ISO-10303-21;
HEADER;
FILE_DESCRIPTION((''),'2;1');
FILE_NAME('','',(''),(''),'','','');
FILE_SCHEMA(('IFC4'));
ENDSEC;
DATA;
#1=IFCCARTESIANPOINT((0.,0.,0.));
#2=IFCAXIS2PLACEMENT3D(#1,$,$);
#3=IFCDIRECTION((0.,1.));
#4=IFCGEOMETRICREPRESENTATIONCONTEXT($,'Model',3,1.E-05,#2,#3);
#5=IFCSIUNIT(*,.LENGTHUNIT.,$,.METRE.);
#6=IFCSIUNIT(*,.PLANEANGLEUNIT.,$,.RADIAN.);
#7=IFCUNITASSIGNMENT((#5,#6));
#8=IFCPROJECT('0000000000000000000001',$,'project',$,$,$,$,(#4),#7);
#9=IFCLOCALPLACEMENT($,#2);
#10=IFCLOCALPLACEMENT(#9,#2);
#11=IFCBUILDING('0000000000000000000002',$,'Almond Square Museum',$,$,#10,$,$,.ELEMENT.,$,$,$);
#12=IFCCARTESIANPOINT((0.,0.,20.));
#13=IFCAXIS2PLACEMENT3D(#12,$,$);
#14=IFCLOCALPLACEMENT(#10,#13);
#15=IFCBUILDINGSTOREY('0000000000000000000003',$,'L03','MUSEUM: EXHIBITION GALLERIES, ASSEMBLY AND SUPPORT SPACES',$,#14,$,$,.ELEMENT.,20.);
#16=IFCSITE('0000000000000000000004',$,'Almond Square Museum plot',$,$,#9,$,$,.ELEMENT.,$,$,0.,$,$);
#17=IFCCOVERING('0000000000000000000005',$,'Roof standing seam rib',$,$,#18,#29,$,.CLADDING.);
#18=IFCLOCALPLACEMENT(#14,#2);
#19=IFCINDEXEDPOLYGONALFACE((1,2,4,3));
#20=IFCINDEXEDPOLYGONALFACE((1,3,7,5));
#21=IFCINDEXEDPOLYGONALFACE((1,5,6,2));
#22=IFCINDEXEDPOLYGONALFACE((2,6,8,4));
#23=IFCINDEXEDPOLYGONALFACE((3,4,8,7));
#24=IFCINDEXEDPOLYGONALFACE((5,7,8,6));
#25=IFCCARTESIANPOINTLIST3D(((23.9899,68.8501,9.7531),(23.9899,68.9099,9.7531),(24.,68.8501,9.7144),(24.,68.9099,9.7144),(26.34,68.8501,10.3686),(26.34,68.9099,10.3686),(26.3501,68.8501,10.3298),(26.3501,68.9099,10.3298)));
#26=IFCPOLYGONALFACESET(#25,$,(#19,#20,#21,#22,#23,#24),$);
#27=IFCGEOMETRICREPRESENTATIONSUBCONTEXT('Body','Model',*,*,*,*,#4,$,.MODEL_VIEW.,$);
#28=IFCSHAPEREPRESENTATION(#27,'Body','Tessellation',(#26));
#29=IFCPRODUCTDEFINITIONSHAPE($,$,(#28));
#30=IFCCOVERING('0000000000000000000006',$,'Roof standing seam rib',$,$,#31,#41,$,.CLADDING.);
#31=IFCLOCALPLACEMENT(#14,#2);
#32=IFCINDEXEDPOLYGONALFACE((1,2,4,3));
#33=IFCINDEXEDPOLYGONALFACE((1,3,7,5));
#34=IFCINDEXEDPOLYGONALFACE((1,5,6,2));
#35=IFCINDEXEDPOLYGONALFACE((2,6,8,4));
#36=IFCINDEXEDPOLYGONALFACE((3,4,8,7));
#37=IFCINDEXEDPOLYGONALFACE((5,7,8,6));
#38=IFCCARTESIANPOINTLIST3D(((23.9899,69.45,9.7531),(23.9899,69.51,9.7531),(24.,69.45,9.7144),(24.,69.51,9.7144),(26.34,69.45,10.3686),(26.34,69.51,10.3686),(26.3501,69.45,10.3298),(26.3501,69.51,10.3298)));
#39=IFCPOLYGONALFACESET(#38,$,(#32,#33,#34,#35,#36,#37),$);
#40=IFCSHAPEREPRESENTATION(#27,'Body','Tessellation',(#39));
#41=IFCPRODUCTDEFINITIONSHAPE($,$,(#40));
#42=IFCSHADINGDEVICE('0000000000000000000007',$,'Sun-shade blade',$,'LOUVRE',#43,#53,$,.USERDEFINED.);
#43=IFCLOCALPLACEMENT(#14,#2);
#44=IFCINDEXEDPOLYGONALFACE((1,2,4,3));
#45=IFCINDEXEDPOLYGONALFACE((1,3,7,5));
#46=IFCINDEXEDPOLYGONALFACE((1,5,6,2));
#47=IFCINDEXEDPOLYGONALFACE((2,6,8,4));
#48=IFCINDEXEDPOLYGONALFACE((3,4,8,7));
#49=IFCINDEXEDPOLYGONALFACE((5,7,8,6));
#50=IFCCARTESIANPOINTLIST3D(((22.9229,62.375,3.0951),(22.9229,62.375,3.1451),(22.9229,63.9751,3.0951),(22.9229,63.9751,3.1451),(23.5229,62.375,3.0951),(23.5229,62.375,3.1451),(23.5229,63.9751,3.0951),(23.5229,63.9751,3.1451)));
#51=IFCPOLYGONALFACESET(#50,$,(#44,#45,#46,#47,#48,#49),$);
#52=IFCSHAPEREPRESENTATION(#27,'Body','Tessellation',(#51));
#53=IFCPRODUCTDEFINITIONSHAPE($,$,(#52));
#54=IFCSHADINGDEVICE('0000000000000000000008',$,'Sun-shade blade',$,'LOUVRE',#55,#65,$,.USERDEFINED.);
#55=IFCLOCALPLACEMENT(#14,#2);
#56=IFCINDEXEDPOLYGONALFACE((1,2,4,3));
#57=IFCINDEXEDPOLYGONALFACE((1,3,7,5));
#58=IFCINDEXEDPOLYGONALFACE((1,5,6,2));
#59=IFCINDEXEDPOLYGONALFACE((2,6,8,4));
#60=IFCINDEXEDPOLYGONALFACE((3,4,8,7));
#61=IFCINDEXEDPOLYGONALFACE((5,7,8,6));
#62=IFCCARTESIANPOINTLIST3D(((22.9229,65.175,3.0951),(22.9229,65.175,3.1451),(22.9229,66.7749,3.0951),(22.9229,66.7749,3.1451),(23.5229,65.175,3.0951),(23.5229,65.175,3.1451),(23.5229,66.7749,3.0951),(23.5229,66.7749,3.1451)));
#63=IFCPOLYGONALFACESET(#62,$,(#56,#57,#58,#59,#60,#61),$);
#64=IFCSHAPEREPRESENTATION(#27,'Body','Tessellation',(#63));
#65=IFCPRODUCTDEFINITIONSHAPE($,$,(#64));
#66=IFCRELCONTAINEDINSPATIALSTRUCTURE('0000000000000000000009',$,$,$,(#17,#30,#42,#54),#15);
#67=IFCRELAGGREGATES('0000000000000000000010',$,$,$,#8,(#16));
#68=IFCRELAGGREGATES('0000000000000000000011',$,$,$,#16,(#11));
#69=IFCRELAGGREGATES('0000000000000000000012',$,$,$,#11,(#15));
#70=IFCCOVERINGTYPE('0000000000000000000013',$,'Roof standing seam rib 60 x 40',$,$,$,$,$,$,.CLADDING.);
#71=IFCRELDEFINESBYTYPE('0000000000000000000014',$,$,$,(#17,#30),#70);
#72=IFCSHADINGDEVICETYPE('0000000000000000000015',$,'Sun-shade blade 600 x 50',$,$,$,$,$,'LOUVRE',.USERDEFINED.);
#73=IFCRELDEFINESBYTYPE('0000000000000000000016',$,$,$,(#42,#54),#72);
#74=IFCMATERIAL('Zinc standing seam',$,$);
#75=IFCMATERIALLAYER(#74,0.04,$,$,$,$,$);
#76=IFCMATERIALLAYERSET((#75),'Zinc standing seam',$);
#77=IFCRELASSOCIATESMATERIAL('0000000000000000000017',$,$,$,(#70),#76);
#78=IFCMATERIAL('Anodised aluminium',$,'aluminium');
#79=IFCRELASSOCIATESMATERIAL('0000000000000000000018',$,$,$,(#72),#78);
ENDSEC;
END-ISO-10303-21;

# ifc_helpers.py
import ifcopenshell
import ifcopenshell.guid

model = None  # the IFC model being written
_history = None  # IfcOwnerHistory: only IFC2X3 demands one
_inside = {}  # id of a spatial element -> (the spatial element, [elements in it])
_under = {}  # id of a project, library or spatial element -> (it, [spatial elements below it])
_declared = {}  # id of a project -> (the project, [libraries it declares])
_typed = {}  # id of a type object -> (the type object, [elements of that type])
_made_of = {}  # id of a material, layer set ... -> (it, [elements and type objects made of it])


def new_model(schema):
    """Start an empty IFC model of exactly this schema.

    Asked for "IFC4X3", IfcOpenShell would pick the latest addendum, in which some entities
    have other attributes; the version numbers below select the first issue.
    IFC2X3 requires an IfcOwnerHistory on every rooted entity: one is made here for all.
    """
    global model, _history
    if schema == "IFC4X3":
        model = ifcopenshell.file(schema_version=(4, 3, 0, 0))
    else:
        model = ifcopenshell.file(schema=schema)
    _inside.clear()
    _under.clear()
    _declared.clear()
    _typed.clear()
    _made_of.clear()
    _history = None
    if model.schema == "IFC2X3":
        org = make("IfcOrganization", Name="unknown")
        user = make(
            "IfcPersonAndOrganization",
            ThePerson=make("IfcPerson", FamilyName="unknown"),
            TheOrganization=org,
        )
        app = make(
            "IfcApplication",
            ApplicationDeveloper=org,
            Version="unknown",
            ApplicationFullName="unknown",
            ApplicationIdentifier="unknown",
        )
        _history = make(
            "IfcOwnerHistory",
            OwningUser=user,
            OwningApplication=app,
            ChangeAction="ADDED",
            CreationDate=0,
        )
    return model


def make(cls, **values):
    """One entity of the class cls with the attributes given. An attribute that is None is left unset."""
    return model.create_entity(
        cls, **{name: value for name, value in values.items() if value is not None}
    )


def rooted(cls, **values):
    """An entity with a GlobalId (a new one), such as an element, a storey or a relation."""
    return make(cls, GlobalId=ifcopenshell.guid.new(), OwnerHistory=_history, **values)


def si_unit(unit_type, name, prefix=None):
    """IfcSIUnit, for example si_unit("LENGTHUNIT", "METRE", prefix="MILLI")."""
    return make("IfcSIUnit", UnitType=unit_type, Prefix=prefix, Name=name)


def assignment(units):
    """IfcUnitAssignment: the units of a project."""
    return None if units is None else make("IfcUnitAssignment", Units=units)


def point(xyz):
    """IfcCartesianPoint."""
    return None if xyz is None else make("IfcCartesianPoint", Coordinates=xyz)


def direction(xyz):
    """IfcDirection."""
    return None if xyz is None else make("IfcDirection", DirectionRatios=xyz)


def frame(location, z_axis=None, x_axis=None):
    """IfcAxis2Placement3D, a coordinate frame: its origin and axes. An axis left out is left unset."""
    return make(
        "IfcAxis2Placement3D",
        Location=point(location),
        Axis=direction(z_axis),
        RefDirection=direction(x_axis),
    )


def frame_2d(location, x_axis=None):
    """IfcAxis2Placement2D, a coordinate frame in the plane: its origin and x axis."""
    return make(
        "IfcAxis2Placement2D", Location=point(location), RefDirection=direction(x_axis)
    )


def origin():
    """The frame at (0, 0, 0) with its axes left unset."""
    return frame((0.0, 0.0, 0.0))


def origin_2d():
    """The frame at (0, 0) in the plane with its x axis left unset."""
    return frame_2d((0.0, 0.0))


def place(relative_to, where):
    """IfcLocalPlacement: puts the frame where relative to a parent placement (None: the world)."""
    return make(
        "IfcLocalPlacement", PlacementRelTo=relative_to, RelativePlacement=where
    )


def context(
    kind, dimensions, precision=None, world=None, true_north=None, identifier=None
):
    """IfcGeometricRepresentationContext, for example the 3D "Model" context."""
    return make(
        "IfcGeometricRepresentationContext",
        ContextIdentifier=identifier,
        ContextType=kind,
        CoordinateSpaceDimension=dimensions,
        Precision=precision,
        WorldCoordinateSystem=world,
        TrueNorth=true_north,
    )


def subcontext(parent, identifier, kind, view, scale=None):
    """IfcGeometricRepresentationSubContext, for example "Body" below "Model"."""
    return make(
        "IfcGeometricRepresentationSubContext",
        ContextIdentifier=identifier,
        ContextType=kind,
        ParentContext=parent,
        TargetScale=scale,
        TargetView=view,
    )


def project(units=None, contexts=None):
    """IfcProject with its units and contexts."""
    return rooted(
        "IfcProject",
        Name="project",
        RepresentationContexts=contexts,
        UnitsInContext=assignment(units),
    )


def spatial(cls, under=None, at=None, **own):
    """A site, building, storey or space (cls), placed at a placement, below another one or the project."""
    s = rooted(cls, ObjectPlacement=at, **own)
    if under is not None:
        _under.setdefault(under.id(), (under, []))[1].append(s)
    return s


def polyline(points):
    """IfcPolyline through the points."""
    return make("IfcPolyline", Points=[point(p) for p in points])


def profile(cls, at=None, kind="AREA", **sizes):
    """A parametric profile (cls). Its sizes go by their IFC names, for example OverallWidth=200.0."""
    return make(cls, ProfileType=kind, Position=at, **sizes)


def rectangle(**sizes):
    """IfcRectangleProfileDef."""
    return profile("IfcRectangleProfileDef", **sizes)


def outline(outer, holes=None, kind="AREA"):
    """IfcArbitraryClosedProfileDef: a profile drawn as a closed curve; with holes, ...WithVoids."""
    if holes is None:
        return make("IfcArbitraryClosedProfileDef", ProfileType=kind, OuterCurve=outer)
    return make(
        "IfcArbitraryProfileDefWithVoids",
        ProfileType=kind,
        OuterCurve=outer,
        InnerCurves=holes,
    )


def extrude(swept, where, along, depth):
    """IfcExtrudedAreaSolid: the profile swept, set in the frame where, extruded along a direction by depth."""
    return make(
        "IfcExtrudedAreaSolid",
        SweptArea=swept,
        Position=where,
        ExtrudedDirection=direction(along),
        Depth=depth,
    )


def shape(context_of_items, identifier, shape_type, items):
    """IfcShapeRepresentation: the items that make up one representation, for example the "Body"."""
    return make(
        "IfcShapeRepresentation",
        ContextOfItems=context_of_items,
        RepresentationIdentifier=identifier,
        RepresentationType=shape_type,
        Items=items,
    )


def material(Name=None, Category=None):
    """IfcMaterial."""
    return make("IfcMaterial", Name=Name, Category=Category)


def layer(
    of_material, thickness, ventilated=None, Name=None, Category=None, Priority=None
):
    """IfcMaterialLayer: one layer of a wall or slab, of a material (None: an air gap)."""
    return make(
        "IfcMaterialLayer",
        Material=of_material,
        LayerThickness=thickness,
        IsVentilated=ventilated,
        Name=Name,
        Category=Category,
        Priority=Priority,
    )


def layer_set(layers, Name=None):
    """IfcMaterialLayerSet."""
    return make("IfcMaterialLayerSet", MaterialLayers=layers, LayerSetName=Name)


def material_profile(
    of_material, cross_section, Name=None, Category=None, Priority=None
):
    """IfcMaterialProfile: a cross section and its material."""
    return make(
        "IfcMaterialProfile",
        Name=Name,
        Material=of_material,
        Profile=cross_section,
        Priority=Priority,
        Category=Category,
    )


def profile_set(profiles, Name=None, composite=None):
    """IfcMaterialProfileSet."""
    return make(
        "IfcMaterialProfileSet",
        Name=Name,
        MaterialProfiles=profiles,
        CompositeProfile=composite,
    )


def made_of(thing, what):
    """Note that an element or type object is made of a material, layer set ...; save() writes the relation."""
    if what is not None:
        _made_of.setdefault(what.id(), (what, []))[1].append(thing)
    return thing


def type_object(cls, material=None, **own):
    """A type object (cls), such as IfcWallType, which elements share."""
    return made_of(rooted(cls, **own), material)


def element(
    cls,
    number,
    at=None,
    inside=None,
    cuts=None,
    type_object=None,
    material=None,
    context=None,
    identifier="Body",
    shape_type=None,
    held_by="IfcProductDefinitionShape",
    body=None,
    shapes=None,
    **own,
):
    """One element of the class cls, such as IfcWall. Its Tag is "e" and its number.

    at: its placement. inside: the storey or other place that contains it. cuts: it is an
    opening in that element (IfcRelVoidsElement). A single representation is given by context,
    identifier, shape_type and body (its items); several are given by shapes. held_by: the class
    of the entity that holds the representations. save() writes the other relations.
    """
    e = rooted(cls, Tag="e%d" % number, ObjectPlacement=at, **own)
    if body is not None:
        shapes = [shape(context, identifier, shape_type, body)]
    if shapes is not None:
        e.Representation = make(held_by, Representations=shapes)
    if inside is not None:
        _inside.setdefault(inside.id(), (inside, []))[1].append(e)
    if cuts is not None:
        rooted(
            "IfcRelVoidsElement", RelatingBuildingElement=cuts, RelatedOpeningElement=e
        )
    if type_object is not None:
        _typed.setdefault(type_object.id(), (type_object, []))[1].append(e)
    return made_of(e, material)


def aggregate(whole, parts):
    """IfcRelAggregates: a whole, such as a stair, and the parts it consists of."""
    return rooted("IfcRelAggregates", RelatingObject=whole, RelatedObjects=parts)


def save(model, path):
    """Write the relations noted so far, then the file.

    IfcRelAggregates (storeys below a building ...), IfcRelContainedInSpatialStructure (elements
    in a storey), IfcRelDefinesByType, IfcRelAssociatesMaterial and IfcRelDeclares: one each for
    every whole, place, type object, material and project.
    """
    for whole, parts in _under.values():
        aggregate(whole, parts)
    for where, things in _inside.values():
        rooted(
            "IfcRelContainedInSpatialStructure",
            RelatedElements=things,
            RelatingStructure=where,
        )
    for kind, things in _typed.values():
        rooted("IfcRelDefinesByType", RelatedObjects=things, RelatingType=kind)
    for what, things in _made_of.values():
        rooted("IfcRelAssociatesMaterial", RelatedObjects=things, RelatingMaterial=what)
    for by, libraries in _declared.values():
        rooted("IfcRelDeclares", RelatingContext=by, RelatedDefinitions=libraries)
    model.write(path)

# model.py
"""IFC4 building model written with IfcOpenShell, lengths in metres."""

from ifc_helpers import new_model, si_unit, direction, frame, origin, origin_2d, place, context, subcontext, project, spatial, polyline, rectangle, outline, extrude, material, layer, layer_set, material_profile, profile_set, type_object, element, save


model = new_model("IFC4")

# Units and contexts
model_context = context("Model", 3, precision=1e-05, world=origin(), true_north=direction((0.0, 1.0)))
body_context = subcontext(model_context, "Body", "Model", "MODEL_VIEW")
ifc_project = project(units=[si_unit("LENGTHUNIT", "METRE"), si_unit("PLANEANGLEUNIT", "RADIAN")], contexts=[model_context])

# Site, building, storey
site_placement = place(None, origin())
site = spatial("IfcSite", under=ifc_project, at=site_placement, Name="Almond Square Museum plot", CompositionType="ELEMENT", RefElevation=0.0)
building_placement = place(site_placement, origin())
building = spatial("IfcBuilding", under=site, at=building_placement, Name="Almond Square Museum", CompositionType="ELEMENT")
storey_placement = place(building_placement, frame((0.0, 0.0, 20.0)))
storey = spatial("IfcBuildingStorey", under=building, at=storey_placement, Name="L03", Description="MUSEUM: EXHIBITION GALLERIES, ASSEMBLY AND SUPPORT SPACES", CompositionType="ELEMENT", Elevation=20.0)

# Coverings
ifc_material_1 = material(Name="Zinc standing seam")
ifc_layer = layer(ifc_material_1, 0.04)
ifc_layer_set = layer_set([ifc_layer], Name="Zinc standing seam")
covering_type = type_object("IfcCoveringType", Name="Roof standing seam rib 60 x 40", PredefinedType="CLADDING", material=ifc_layer_set)
covering_1_placement = place(storey_placement, frame((26.3501, 68.9099, 10.3298), z_axis=(-0.25335, 0.0, 0.967375), x_axis=(-0.967375, 0.0, -0.25335)))
element("IfcCovering", 1, at=covering_1_placement, inside=storey, type_object=covering_type, Name="Roof standing seam rib", PredefinedType="CLADDING", context=body_context, shape_type="SweptSolid", body=[
    extrude(outline(polyline([(0.0, 0.0), (2.4294, 0.0), (2.4294, 0.0598), (0.0, 0.0598), (0.0, 0.0)])), origin(), (0.0, 0.0, 1.0), 0.04),
])
covering_2_placement = place(storey_placement, frame((26.3501, 69.51, 10.3298), z_axis=(-0.25335, 0.0, 0.967375), x_axis=(-0.967375, 0.0, -0.25335)))
element("IfcCovering", 2, at=covering_2_placement, inside=storey, type_object=covering_type, Name="Roof standing seam rib", PredefinedType="CLADDING", context=body_context, shape_type="SweptSolid", body=[
    extrude(outline(polyline([(0.0, 0.0), (2.4294, 0.0), (2.4294, 0.0601), (0.0, 0.0601), (0.0, 0.0)])), origin(), (0.0, 0.0, 1.0), 0.04),
])

# Shading devices
ifc_material_2 = material(Name="Anodised aluminium", Category="aluminium")
ifc_material_profile = material_profile(ifc_material_2, rectangle(XDim=0.6001, YDim=0.05, at=origin_2d()))
ifc_profile_set = profile_set([ifc_material_profile], Name="Anodised aluminium")
shading_device_type = type_object("IfcShadingDeviceType", Name="Sun-shade blade 600 x 50", ElementType="LOUVRE", PredefinedType="USERDEFINED", material=ifc_profile_set)
shading_device_1_placement = place(storey_placement, frame((23.2229, 62.375, 3.1201), z_axis=(0.0, 1.0, 0.0), x_axis=(-1.0, 0.0, 0.0)))
element("IfcShadingDevice", 3, at=shading_device_1_placement, inside=storey, type_object=shading_device_type, Name="Sun-shade blade", ObjectType="LOUVRE", PredefinedType="USERDEFINED", context=body_context, shape_type="SweptSolid", body=[
    extrude(rectangle(XDim=0.6001, YDim=0.05, at=origin_2d()), origin(), (0.0, 0.0, 1.0), 1.6001),
])
shading_device_2_placement = place(storey_placement, frame((23.2229, 65.175, 3.1201), z_axis=(0.0, 1.0, 0.0), x_axis=(-1.0, 0.0, 0.0)))
element("IfcShadingDevice", 4, at=shading_device_2_placement, inside=storey, type_object=shading_device_type, Name="Sun-shade blade", ObjectType="LOUVRE", PredefinedType="USERDEFINED", context=body_context, shape_type="SweptSolid", body=[
    extrude(rectangle(XDim=0.6001, YDim=0.05, at=origin_2d()), origin(), (0.0, 0.0, 1.0), 1.5999),
])

save(model, "model.ifc")
